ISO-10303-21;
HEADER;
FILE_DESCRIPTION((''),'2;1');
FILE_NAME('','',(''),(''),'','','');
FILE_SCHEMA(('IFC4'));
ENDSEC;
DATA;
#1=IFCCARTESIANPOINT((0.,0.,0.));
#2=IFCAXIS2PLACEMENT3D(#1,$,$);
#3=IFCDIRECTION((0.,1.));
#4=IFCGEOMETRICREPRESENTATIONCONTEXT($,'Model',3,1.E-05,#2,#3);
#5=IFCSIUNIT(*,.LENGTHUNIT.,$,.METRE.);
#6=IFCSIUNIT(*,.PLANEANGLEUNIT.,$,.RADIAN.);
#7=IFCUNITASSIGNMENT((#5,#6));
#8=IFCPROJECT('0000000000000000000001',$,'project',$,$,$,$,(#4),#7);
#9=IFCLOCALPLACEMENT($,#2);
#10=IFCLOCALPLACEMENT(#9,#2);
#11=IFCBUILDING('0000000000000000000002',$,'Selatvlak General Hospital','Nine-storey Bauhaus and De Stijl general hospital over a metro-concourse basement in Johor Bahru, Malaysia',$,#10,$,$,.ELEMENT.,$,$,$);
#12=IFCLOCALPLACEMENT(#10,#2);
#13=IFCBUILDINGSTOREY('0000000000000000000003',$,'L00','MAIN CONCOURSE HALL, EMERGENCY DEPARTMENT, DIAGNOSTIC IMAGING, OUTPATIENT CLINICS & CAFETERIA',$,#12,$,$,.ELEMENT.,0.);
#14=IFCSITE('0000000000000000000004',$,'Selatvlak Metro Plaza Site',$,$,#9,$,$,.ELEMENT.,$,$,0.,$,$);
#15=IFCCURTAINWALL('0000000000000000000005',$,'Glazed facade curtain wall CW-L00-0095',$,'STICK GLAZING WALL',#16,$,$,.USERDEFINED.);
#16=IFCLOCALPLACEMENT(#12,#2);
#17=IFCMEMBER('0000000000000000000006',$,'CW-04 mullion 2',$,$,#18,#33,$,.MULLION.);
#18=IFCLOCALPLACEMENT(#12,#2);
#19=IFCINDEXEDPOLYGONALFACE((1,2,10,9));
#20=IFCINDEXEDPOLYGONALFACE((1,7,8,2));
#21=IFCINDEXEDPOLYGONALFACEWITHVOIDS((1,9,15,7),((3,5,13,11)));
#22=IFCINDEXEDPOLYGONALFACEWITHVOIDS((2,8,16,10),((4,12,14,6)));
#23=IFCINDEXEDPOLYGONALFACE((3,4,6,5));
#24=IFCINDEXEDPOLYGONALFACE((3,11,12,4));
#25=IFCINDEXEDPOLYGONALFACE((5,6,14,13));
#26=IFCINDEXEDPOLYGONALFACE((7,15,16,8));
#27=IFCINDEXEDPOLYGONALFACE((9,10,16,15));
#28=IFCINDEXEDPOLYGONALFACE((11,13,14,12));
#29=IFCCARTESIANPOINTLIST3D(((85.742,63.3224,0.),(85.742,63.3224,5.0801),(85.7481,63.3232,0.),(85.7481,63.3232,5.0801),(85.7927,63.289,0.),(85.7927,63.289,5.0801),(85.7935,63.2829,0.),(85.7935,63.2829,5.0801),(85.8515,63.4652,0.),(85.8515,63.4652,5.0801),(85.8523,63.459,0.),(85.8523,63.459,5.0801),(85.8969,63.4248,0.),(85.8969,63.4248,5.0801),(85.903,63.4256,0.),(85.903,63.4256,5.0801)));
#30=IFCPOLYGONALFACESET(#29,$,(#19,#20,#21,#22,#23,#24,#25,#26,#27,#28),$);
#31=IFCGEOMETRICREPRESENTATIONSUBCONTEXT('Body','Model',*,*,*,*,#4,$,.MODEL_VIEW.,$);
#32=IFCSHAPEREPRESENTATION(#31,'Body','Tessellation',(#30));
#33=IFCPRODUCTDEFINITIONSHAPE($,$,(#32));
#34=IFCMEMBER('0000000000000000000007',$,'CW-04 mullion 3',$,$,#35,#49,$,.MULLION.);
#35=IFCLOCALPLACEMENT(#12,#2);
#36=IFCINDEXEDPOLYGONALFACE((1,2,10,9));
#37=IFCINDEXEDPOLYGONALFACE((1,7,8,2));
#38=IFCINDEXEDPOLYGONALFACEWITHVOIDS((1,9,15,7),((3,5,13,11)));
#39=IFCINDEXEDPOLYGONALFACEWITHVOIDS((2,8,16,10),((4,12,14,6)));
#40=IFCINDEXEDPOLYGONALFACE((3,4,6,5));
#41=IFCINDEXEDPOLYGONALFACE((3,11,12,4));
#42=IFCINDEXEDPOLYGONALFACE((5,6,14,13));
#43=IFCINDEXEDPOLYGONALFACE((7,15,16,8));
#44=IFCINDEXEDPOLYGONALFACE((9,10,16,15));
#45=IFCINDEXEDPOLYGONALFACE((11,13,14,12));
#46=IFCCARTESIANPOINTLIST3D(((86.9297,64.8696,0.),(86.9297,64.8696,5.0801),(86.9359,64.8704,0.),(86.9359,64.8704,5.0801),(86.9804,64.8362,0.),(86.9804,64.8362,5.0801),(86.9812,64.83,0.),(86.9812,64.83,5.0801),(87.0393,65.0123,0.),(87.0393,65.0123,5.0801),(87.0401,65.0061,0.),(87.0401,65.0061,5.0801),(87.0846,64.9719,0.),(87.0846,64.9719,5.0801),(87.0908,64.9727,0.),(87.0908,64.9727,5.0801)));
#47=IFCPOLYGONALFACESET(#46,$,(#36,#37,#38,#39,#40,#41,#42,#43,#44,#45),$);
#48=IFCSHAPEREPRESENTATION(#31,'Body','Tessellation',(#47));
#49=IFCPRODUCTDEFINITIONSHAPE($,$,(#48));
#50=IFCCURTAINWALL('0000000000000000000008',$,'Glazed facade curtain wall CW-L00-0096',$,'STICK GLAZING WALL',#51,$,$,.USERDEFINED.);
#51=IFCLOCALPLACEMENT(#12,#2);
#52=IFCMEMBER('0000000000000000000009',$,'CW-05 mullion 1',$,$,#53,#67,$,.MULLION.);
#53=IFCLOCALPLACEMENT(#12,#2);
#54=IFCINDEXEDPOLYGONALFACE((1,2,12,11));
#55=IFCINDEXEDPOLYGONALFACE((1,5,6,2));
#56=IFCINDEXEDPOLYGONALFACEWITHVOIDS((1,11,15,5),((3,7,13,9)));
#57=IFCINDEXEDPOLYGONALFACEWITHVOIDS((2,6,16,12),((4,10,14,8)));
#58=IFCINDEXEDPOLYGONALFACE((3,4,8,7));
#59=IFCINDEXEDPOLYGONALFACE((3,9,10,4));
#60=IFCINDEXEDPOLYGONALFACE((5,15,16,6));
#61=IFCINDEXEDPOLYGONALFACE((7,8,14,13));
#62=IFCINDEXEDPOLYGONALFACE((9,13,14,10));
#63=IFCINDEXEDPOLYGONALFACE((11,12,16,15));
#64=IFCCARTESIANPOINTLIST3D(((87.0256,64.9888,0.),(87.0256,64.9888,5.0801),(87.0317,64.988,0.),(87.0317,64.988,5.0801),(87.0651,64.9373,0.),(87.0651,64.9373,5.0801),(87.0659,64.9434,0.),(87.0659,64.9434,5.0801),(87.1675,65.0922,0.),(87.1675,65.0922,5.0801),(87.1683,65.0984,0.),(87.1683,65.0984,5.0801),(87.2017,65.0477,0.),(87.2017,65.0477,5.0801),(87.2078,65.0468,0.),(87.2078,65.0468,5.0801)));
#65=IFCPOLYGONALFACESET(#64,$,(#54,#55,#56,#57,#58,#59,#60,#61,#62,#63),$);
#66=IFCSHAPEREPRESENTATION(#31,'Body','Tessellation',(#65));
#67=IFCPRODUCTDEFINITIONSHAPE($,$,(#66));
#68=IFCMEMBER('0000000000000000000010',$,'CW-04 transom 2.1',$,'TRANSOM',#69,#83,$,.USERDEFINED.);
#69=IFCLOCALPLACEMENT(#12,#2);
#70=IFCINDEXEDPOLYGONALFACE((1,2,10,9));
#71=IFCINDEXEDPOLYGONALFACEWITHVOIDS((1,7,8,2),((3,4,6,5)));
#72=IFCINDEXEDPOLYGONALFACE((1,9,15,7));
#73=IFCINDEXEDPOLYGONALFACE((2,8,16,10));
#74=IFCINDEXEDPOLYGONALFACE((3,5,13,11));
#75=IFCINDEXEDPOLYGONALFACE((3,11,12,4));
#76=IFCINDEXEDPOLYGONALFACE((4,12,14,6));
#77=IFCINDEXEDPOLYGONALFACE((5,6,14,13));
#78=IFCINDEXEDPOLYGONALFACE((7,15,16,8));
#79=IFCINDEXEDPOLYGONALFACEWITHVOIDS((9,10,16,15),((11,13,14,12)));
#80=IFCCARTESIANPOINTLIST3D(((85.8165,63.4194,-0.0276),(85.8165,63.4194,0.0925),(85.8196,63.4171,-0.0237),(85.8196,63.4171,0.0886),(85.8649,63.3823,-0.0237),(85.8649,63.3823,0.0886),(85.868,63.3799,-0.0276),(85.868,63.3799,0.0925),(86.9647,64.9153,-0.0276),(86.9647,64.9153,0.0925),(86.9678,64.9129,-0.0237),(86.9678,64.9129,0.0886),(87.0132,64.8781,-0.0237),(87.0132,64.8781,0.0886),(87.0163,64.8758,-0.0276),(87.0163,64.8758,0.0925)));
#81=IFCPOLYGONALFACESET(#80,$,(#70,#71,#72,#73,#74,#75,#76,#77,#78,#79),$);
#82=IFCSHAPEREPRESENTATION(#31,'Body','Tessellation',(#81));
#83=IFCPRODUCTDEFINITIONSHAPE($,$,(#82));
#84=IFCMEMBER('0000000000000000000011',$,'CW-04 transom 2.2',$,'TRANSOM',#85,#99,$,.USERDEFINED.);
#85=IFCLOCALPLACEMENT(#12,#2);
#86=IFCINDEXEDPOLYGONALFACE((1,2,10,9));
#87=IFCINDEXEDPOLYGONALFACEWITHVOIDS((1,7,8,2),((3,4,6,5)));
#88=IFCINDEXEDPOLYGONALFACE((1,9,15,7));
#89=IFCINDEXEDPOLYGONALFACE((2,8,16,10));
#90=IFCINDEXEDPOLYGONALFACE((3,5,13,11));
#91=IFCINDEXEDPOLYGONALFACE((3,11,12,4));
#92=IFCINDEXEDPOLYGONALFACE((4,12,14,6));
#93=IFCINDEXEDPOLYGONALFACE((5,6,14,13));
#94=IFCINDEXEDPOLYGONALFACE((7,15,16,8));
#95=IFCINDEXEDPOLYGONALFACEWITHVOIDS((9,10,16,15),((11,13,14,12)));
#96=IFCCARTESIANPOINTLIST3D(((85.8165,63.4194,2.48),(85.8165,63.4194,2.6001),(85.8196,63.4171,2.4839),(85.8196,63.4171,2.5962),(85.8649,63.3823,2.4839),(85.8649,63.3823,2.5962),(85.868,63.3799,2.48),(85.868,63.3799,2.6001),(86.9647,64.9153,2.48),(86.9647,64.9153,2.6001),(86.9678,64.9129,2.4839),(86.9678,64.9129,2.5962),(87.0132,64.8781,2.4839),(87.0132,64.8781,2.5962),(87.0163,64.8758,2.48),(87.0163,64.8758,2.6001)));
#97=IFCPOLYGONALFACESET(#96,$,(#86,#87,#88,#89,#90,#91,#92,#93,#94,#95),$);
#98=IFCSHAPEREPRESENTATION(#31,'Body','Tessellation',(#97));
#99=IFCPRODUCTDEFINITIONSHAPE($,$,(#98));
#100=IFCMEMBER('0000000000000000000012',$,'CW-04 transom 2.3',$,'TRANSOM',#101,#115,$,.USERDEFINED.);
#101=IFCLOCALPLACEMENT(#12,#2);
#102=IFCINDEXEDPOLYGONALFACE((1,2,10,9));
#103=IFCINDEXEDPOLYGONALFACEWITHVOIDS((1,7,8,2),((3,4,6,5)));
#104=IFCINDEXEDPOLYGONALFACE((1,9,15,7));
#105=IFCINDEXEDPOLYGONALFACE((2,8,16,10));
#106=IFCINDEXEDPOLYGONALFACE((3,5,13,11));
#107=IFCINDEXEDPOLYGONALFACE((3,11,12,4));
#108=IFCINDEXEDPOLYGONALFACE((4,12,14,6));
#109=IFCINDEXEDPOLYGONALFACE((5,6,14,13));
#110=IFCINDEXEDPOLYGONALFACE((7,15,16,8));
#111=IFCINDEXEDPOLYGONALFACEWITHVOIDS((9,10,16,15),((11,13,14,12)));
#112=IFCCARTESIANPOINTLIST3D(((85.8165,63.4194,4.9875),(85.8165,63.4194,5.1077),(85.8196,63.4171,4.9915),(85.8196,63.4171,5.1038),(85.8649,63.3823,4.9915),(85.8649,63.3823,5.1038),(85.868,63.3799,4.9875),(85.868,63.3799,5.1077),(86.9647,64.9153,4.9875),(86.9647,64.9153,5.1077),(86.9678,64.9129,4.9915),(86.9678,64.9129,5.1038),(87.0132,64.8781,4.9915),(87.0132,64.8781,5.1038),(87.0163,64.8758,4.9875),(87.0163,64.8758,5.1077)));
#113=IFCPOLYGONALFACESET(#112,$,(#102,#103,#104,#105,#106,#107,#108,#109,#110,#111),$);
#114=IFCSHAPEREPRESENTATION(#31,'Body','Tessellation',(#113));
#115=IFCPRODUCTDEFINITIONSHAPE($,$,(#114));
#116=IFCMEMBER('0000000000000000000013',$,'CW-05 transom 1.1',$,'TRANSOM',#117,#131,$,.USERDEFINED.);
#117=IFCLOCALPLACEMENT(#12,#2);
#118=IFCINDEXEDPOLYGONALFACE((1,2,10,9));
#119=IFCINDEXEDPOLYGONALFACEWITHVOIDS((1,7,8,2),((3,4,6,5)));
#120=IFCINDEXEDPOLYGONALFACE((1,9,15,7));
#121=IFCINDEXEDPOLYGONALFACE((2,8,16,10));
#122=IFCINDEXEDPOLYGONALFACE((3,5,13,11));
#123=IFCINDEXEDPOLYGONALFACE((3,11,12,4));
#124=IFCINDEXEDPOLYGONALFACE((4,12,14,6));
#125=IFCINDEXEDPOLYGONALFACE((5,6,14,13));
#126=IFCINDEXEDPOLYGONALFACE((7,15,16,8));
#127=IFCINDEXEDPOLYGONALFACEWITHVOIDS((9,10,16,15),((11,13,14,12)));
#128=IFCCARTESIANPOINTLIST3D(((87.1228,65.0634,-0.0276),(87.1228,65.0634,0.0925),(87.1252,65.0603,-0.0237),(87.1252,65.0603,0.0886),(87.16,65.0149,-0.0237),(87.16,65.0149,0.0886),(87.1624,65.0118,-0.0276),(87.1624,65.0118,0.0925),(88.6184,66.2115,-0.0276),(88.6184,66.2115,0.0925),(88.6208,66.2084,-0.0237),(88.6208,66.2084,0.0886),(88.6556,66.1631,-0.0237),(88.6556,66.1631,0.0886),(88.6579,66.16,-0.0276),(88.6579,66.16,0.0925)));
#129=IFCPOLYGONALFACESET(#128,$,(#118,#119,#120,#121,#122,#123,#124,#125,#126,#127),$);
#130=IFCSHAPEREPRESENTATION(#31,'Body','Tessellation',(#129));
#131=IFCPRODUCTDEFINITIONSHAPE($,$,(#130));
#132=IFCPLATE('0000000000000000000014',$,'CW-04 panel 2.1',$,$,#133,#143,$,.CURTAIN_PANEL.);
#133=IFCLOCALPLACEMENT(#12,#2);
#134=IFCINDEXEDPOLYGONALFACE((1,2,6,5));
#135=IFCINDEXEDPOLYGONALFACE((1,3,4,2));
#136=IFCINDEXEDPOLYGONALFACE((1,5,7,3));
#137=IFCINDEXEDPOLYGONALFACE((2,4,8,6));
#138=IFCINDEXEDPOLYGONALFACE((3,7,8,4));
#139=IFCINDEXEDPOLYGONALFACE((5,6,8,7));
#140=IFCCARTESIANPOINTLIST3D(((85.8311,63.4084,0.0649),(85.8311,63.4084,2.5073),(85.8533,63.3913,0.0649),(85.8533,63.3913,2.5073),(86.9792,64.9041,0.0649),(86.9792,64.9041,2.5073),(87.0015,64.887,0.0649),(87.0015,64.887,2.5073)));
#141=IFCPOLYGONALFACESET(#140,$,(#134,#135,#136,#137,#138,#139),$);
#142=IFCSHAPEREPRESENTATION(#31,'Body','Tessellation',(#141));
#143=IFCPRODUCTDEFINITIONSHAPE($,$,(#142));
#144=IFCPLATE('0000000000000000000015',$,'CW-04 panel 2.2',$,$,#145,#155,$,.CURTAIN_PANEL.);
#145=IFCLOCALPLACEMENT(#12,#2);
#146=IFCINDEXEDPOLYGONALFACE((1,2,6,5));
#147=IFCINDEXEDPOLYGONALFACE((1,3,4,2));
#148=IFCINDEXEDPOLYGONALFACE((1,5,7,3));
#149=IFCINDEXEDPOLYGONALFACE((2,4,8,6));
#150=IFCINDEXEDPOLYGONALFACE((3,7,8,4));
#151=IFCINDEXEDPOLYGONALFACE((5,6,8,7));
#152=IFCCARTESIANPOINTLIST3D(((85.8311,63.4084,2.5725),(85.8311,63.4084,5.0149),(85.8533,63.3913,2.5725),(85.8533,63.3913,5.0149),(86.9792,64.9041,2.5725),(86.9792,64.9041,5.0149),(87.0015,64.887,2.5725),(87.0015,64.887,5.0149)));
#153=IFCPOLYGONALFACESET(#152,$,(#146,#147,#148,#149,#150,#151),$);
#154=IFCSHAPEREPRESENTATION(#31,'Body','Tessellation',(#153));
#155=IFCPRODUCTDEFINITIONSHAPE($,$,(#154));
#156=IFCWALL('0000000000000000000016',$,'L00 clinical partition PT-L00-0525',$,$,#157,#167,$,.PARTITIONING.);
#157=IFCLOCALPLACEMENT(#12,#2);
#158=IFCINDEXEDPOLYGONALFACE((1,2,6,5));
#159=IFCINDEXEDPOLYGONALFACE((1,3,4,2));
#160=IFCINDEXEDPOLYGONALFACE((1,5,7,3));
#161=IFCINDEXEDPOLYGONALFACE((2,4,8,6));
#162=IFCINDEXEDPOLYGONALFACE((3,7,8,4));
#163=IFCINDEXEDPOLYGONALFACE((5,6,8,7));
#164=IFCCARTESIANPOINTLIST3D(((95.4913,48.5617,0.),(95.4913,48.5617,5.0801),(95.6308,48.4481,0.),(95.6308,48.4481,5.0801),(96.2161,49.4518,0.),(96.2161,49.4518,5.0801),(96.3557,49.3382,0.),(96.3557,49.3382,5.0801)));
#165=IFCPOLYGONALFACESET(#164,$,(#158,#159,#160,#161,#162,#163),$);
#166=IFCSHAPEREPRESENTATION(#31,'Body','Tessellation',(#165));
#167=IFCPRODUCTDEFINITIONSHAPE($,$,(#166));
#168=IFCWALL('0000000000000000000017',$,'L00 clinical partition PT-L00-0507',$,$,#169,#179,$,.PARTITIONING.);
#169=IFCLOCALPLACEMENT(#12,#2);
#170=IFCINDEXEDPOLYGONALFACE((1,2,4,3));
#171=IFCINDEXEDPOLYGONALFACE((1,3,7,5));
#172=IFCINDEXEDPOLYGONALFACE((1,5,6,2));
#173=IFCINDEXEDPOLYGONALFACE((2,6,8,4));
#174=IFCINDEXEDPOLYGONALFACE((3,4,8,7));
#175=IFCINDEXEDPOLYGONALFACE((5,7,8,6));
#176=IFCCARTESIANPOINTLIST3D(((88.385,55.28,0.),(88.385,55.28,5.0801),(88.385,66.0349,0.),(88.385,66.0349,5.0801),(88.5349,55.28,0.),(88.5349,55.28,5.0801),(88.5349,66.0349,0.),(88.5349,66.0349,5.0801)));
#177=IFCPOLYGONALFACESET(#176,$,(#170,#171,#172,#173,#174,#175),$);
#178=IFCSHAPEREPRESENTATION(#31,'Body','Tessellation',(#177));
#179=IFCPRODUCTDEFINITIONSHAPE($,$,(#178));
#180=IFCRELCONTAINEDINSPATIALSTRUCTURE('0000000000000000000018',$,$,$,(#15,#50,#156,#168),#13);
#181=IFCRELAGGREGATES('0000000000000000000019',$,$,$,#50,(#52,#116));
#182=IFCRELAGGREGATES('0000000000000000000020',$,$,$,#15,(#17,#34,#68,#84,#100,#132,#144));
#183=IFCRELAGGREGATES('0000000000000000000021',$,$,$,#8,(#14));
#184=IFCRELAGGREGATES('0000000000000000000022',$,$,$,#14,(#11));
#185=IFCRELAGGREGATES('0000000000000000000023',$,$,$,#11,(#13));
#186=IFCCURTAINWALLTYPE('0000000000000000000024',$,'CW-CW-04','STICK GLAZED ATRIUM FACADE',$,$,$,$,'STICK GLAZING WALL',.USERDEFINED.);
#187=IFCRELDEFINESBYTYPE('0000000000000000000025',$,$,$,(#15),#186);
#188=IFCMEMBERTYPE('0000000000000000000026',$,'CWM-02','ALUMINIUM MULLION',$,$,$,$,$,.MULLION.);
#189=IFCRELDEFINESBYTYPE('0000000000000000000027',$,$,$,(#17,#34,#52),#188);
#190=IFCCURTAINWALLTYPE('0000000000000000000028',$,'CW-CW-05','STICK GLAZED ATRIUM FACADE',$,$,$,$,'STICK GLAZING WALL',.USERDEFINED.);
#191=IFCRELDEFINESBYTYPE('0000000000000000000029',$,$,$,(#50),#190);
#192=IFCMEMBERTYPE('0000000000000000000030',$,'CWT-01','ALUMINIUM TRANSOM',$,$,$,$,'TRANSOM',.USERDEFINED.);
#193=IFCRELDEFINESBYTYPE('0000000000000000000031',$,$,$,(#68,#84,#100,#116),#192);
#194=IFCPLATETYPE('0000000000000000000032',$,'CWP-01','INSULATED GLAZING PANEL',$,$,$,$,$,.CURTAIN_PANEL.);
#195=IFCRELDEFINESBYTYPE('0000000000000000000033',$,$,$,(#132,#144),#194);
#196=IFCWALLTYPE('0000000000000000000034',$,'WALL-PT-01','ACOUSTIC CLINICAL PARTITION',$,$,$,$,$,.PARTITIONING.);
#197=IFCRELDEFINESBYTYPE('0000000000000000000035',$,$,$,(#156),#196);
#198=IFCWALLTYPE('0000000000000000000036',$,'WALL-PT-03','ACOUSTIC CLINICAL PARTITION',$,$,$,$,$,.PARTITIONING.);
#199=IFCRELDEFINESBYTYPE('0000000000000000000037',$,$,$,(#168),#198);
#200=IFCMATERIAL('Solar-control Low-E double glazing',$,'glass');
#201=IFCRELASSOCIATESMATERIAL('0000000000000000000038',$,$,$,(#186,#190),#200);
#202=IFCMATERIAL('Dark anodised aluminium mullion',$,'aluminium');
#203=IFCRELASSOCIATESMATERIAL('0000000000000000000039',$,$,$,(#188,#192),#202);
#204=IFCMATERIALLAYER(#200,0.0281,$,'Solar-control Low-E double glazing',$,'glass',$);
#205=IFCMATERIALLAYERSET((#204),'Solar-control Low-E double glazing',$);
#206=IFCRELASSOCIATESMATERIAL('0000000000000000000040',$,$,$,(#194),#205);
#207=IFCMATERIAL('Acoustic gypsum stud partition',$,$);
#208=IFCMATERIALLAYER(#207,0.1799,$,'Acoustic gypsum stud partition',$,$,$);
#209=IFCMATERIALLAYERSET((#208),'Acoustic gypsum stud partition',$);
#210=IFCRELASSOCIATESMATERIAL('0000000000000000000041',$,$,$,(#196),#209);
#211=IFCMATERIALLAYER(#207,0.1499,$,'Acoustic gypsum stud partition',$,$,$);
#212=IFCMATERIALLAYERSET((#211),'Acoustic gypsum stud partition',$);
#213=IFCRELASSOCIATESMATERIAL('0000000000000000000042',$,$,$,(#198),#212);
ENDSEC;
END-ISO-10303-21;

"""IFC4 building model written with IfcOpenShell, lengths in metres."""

from ifc_helpers import new_model, si_unit, direction, frame, frame_2d, origin, origin_2d, place, context, subcontext, project, spatial, rectangle, hollow_rectangle, extrude, material, layer, layer_set, material_profile, profile_set, type_object, element, aggregate, save


model = new_model("IFC4")

# Units and contexts
model_context = context("Model", 3, precision=1e-05, world=origin(), true_north=direction((0.0, 1.0)))
body_context = subcontext(model_context, "Body", "Model", "MODEL_VIEW")
ifc_project = project(units=[si_unit("LENGTHUNIT", "METRE"), si_unit("PLANEANGLEUNIT", "RADIAN")], contexts=[model_context])

# Site, building, storey
site_placement = place(None, origin())
site = spatial("IfcSite", under=ifc_project, at=site_placement, Name="Selatvlak Metro Plaza Site", CompositionType="ELEMENT", RefElevation=0.0)
building_placement = place(site_placement, origin())
building = spatial("IfcBuilding", under=site, at=building_placement, Name="Selatvlak General Hospital", Description="Nine-storey Bauhaus and De Stijl general hospital over a metro-concourse basement in Johor Bahru, Malaysia", CompositionType="ELEMENT")
storey_placement = place(building_placement, origin())
storey = spatial("IfcBuildingStorey", under=building, at=storey_placement, Name="L00", Description="MAIN CONCOURSE HALL, EMERGENCY DEPARTMENT, DIAGNOSTIC IMAGING, OUTPATIENT CLINICS & CAFETERIA", CompositionType="ELEMENT", Elevation=0.0)

# Curtain wall, members
ifc_material_1 = material(Name="Solar-control Low-E double glazing", Category="glass")
curtain_wall_type_1 = type_object("IfcCurtainWallType", Name="CW-CW-04", Description="STICK GLAZED ATRIUM FACADE", ElementType="STICK GLAZING WALL", PredefinedType="USERDEFINED", material=ifc_material_1)
curtain_wall_1_placement = place(storey_placement, origin())
curtain_wall_1 = element("IfcCurtainWall", 1, at=curtain_wall_1_placement, inside=storey, type_object=curtain_wall_type_1, Name="Glazed facade curtain wall CW-L00-0095", ObjectType="STICK GLAZING WALL", PredefinedType="USERDEFINED")
ifc_material_2 = material(Name="Dark anodised aluminium mullion", Category="aluminium")
ifc_material_profile_1 = material_profile(ifc_material_2, hollow_rectangle(XDim=0.0649, YDim=0.1799, WallThickness=0.0044, at=origin_2d()), Name="AL-MUL 65x180x4.5")
ifc_profile_set_1 = profile_set([ifc_material_profile_1], Name="Dark anodised aluminium mullion")
member_type_1 = type_object("IfcMemberType", Name="CWM-02", Description="ALUMINIUM MULLION", PredefinedType="MULLION", material=ifc_profile_set_1)
member_1_placement = place(storey_placement, frame((85.8225, 63.374, 0.0), z_axis=(0.0, 0.0, 1.0), x_axis=(-0.793233, 0.608918, 0.0)))
member_1 = element("IfcMember", 2, at=member_1_placement, type_object=member_type_1, Name="CW-04 mullion 2", PredefinedType="MULLION", context=body_context, shape_type="SweptSolid", body=[
    extrude(hollow_rectangle(XDim=0.0649, YDim=0.1799, WallThickness=0.0044, at=origin_2d()), origin(), (0.0, 0.0, 1.0), 5.0801),
])
member_2_placement = place(storey_placement, frame((87.0103, 64.9211, 0.0), z_axis=(0.0, 0.0, 1.0), x_axis=(-0.793233, 0.608918, 0.0)))
member_2 = element("IfcMember", 3, at=member_2_placement, type_object=member_type_1, Name="CW-04 mullion 3", PredefinedType="MULLION", context=body_context, shape_type="SweptSolid", body=[
    extrude(hollow_rectangle(XDim=0.0649, YDim=0.1799, WallThickness=0.0044, at=origin_2d()), origin(), (0.0, 0.0, 1.0), 5.0801),
])

# Curtain wall, member
curtain_wall_type_2 = type_object("IfcCurtainWallType", Name="CW-CW-05", Description="STICK GLAZED ATRIUM FACADE", ElementType="STICK GLAZING WALL", PredefinedType="USERDEFINED", material=ifc_material_1)
curtain_wall_2_placement = place(storey_placement, origin())
curtain_wall_2 = element("IfcCurtainWall", 4, at=curtain_wall_2_placement, inside=storey, type_object=curtain_wall_type_2, Name="Glazed facade curtain wall CW-L00-0096", ObjectType="STICK GLAZING WALL", PredefinedType="USERDEFINED")
member_3_placement = place(storey_placement, frame((87.1167, 65.0178, 0.0), z_axis=(0.0, 0.0, 1.0), x_axis=(-0.608918, 0.793233, 0.0)))
member_3 = element("IfcMember", 5, at=member_3_placement, type_object=member_type_1, Name="CW-05 mullion 1", PredefinedType="MULLION", context=body_context, shape_type="SweptSolid", body=[
    extrude(hollow_rectangle(XDim=0.0649, YDim=0.1799, WallThickness=0.0044, at=origin_2d()), origin(), (0.0, 0.0, 1.0), 5.0801),
])

# Members
ifc_material_profile_2 = material_profile(ifc_material_2, hollow_rectangle(XDim=0.0649, YDim=0.1201, WallThickness=0.0039, at=origin_2d()), Name="AL-TRN 65x120x4")
ifc_profile_set_2 = profile_set([ifc_material_profile_2], Name="Dark anodised aluminium mullion")
member_type_2 = type_object("IfcMemberType", Name="CWT-01", Description="ALUMINIUM TRANSOM", ElementType="TRANSOM", PredefinedType="USERDEFINED", material=ifc_profile_set_2)
member_4_placement = place(storey_placement, frame((85.8423, 63.3997, 0.0325), z_axis=(0.608891, 0.793254, 0.0), x_axis=(-0.793254, 0.608891, 0.0)))
member_4 = element("IfcMember", 6, at=member_4_placement, type_object=member_type_2, Name="CW-04 transom 2.1", ObjectType="TRANSOM", PredefinedType="USERDEFINED", context=body_context, shape_type="SweptSolid", body=[
    extrude(hollow_rectangle(XDim=0.0649, YDim=0.1201, WallThickness=0.0039, at=origin_2d()), origin(), (0.0, 0.0, 1.0), 1.8857),
])
member_5_placement = place(storey_placement, frame((85.8423, 63.3997, 2.54), z_axis=(0.608891, 0.793254, 0.0), x_axis=(-0.793254, 0.608891, 0.0)))
member_5 = element("IfcMember", 7, at=member_5_placement, type_object=member_type_2, Name="CW-04 transom 2.2", ObjectType="TRANSOM", PredefinedType="USERDEFINED", context=body_context, shape_type="SweptSolid", body=[
    extrude(hollow_rectangle(XDim=0.0649, YDim=0.1201, WallThickness=0.0039, at=origin_2d()), origin(), (0.0, 0.0, 1.0), 1.8857),
])
member_6_placement = place(storey_placement, frame((85.8423, 63.3997, 5.0476), z_axis=(0.608891, 0.793254, 0.0), x_axis=(-0.793254, 0.608891, 0.0)))
member_6 = element("IfcMember", 8, at=member_6_placement, type_object=member_type_2, Name="CW-04 transom 2.3", ObjectType="TRANSOM", PredefinedType="USERDEFINED", context=body_context, shape_type="SweptSolid", body=[
    extrude(hollow_rectangle(XDim=0.0649, YDim=0.1201, WallThickness=0.0039, at=origin_2d()), origin(), (0.0, 0.0, 1.0), 1.8857),
])
member_7_placement = place(storey_placement, frame((87.1426, 65.0376, 0.0325), z_axis=(0.793206, 0.608953, 0.0), x_axis=(-0.608953, 0.793206, 0.0)))
member_7 = element("IfcMember", 9, at=member_7_placement, type_object=member_type_2, Name="CW-05 transom 1.1", ObjectType="TRANSOM", PredefinedType="USERDEFINED", context=body_context, shape_type="SweptSolid", body=[
    extrude(hollow_rectangle(XDim=0.0649, YDim=0.1201, WallThickness=0.0039, at=origin_2d()), origin(), (0.0, 0.0, 1.0), 1.8855),
])
aggregate(curtain_wall_2, [member_3, member_7])

# Plates
ifc_layer_1 = layer(ifc_material_1, 0.0281, Name="Solar-control Low-E double glazing", Category="glass")
ifc_layer_set_1 = layer_set([ifc_layer_1], Name="Solar-control Low-E double glazing")
plate_type = type_object("IfcPlateType", Name="CWP-01", Description="INSULATED GLAZING PANEL", PredefinedType="CURTAIN_PANEL", material=ifc_layer_set_1)
plate_1_placement = place(storey_placement, frame((86.4163, 64.1477, 0.0649), z_axis=(0.0, 0.0, 1.0), x_axis=(0.608918, 0.793233, 0.0)))
plate_1 = element("IfcPlate", 10, at=plate_1_placement, type_object=plate_type, Name="CW-04 panel 2.1", PredefinedType="CURTAIN_PANEL", context=body_context, shape_type="SweptSolid", body=[
    extrude(rectangle(XDim=1.8855, YDim=0.0281, at=origin_2d()), origin(), (0.0, 0.0, 1.0), 2.4424),
])
plate_2_placement = place(storey_placement, frame((86.4163, 64.1477, 2.5725), z_axis=(0.0, 0.0, 1.0), x_axis=(0.608918, 0.793233, 0.0)))
plate_2 = element("IfcPlate", 11, at=plate_2_placement, type_object=plate_type, Name="CW-04 panel 2.2", PredefinedType="CURTAIN_PANEL", context=body_context, shape_type="SweptSolid", body=[
    extrude(rectangle(XDim=1.8855, YDim=0.0281, at=origin_2d()), origin(), (0.0, 0.0, 1.0), 2.4424),
])
aggregate(curtain_wall_1, [member_1, member_2, member_4, member_5, member_6, plate_1, plate_2])

# Wall
ifc_material_3 = material(Name="Acoustic gypsum stud partition")
ifc_layer_2 = layer(ifc_material_3, 0.1799, Name="Acoustic gypsum stud partition")
ifc_layer_set_2 = layer_set([ifc_layer_2], Name="Acoustic gypsum stud partition")
wall_type_1 = type_object("IfcWallType", Name="WALL-PT-01", Description="ACOUSTIC CLINICAL PARTITION", PredefinedType="PARTITIONING", material=ifc_layer_set_2)
wall_1_placement = place(storey_placement, frame((96.2859, 49.395, 0.0), z_axis=(0.0, 0.0, 1.0), x_axis=(-0.631441, -0.775424, 0.0)))
element("IfcWall", 12, at=wall_1_placement, inside=storey, type_object=wall_type_1, Name="L00 clinical partition PT-L00-0525", PredefinedType="PARTITIONING", context=body_context, shape_type="SweptSolid", body=[
    extrude(rectangle(XDim=1.1479, YDim=0.1799, at=frame_2d((0.574, 0.0))), origin(), (0.0, 0.0, 1.0), 5.0801),
])

# Wall
ifc_layer_3 = layer(ifc_material_3, 0.1499, Name="Acoustic gypsum stud partition")
ifc_layer_set_3 = layer_set([ifc_layer_3], Name="Acoustic gypsum stud partition")
wall_type_2 = type_object("IfcWallType", Name="WALL-PT-03", Description="ACOUSTIC CLINICAL PARTITION", PredefinedType="PARTITIONING", material=ifc_layer_set_3)
wall_2_placement = place(storey_placement, frame((88.46, 55.28, 0.0), z_axis=(0.0, 0.0, 1.0), x_axis=(0.0, 1.0, 0.0)))
element("IfcWall", 13, at=wall_2_placement, inside=storey, type_object=wall_type_2, Name="L00 clinical partition PT-L00-0507", PredefinedType="PARTITIONING", context=body_context, shape_type="SweptSolid", body=[
    extrude(rectangle(XDim=10.7549, YDim=0.1499, at=frame_2d((5.3774, 0.0))), origin(), (0.0, 0.0, 1.0), 5.0801),
])

save(model, "model.ifc")
